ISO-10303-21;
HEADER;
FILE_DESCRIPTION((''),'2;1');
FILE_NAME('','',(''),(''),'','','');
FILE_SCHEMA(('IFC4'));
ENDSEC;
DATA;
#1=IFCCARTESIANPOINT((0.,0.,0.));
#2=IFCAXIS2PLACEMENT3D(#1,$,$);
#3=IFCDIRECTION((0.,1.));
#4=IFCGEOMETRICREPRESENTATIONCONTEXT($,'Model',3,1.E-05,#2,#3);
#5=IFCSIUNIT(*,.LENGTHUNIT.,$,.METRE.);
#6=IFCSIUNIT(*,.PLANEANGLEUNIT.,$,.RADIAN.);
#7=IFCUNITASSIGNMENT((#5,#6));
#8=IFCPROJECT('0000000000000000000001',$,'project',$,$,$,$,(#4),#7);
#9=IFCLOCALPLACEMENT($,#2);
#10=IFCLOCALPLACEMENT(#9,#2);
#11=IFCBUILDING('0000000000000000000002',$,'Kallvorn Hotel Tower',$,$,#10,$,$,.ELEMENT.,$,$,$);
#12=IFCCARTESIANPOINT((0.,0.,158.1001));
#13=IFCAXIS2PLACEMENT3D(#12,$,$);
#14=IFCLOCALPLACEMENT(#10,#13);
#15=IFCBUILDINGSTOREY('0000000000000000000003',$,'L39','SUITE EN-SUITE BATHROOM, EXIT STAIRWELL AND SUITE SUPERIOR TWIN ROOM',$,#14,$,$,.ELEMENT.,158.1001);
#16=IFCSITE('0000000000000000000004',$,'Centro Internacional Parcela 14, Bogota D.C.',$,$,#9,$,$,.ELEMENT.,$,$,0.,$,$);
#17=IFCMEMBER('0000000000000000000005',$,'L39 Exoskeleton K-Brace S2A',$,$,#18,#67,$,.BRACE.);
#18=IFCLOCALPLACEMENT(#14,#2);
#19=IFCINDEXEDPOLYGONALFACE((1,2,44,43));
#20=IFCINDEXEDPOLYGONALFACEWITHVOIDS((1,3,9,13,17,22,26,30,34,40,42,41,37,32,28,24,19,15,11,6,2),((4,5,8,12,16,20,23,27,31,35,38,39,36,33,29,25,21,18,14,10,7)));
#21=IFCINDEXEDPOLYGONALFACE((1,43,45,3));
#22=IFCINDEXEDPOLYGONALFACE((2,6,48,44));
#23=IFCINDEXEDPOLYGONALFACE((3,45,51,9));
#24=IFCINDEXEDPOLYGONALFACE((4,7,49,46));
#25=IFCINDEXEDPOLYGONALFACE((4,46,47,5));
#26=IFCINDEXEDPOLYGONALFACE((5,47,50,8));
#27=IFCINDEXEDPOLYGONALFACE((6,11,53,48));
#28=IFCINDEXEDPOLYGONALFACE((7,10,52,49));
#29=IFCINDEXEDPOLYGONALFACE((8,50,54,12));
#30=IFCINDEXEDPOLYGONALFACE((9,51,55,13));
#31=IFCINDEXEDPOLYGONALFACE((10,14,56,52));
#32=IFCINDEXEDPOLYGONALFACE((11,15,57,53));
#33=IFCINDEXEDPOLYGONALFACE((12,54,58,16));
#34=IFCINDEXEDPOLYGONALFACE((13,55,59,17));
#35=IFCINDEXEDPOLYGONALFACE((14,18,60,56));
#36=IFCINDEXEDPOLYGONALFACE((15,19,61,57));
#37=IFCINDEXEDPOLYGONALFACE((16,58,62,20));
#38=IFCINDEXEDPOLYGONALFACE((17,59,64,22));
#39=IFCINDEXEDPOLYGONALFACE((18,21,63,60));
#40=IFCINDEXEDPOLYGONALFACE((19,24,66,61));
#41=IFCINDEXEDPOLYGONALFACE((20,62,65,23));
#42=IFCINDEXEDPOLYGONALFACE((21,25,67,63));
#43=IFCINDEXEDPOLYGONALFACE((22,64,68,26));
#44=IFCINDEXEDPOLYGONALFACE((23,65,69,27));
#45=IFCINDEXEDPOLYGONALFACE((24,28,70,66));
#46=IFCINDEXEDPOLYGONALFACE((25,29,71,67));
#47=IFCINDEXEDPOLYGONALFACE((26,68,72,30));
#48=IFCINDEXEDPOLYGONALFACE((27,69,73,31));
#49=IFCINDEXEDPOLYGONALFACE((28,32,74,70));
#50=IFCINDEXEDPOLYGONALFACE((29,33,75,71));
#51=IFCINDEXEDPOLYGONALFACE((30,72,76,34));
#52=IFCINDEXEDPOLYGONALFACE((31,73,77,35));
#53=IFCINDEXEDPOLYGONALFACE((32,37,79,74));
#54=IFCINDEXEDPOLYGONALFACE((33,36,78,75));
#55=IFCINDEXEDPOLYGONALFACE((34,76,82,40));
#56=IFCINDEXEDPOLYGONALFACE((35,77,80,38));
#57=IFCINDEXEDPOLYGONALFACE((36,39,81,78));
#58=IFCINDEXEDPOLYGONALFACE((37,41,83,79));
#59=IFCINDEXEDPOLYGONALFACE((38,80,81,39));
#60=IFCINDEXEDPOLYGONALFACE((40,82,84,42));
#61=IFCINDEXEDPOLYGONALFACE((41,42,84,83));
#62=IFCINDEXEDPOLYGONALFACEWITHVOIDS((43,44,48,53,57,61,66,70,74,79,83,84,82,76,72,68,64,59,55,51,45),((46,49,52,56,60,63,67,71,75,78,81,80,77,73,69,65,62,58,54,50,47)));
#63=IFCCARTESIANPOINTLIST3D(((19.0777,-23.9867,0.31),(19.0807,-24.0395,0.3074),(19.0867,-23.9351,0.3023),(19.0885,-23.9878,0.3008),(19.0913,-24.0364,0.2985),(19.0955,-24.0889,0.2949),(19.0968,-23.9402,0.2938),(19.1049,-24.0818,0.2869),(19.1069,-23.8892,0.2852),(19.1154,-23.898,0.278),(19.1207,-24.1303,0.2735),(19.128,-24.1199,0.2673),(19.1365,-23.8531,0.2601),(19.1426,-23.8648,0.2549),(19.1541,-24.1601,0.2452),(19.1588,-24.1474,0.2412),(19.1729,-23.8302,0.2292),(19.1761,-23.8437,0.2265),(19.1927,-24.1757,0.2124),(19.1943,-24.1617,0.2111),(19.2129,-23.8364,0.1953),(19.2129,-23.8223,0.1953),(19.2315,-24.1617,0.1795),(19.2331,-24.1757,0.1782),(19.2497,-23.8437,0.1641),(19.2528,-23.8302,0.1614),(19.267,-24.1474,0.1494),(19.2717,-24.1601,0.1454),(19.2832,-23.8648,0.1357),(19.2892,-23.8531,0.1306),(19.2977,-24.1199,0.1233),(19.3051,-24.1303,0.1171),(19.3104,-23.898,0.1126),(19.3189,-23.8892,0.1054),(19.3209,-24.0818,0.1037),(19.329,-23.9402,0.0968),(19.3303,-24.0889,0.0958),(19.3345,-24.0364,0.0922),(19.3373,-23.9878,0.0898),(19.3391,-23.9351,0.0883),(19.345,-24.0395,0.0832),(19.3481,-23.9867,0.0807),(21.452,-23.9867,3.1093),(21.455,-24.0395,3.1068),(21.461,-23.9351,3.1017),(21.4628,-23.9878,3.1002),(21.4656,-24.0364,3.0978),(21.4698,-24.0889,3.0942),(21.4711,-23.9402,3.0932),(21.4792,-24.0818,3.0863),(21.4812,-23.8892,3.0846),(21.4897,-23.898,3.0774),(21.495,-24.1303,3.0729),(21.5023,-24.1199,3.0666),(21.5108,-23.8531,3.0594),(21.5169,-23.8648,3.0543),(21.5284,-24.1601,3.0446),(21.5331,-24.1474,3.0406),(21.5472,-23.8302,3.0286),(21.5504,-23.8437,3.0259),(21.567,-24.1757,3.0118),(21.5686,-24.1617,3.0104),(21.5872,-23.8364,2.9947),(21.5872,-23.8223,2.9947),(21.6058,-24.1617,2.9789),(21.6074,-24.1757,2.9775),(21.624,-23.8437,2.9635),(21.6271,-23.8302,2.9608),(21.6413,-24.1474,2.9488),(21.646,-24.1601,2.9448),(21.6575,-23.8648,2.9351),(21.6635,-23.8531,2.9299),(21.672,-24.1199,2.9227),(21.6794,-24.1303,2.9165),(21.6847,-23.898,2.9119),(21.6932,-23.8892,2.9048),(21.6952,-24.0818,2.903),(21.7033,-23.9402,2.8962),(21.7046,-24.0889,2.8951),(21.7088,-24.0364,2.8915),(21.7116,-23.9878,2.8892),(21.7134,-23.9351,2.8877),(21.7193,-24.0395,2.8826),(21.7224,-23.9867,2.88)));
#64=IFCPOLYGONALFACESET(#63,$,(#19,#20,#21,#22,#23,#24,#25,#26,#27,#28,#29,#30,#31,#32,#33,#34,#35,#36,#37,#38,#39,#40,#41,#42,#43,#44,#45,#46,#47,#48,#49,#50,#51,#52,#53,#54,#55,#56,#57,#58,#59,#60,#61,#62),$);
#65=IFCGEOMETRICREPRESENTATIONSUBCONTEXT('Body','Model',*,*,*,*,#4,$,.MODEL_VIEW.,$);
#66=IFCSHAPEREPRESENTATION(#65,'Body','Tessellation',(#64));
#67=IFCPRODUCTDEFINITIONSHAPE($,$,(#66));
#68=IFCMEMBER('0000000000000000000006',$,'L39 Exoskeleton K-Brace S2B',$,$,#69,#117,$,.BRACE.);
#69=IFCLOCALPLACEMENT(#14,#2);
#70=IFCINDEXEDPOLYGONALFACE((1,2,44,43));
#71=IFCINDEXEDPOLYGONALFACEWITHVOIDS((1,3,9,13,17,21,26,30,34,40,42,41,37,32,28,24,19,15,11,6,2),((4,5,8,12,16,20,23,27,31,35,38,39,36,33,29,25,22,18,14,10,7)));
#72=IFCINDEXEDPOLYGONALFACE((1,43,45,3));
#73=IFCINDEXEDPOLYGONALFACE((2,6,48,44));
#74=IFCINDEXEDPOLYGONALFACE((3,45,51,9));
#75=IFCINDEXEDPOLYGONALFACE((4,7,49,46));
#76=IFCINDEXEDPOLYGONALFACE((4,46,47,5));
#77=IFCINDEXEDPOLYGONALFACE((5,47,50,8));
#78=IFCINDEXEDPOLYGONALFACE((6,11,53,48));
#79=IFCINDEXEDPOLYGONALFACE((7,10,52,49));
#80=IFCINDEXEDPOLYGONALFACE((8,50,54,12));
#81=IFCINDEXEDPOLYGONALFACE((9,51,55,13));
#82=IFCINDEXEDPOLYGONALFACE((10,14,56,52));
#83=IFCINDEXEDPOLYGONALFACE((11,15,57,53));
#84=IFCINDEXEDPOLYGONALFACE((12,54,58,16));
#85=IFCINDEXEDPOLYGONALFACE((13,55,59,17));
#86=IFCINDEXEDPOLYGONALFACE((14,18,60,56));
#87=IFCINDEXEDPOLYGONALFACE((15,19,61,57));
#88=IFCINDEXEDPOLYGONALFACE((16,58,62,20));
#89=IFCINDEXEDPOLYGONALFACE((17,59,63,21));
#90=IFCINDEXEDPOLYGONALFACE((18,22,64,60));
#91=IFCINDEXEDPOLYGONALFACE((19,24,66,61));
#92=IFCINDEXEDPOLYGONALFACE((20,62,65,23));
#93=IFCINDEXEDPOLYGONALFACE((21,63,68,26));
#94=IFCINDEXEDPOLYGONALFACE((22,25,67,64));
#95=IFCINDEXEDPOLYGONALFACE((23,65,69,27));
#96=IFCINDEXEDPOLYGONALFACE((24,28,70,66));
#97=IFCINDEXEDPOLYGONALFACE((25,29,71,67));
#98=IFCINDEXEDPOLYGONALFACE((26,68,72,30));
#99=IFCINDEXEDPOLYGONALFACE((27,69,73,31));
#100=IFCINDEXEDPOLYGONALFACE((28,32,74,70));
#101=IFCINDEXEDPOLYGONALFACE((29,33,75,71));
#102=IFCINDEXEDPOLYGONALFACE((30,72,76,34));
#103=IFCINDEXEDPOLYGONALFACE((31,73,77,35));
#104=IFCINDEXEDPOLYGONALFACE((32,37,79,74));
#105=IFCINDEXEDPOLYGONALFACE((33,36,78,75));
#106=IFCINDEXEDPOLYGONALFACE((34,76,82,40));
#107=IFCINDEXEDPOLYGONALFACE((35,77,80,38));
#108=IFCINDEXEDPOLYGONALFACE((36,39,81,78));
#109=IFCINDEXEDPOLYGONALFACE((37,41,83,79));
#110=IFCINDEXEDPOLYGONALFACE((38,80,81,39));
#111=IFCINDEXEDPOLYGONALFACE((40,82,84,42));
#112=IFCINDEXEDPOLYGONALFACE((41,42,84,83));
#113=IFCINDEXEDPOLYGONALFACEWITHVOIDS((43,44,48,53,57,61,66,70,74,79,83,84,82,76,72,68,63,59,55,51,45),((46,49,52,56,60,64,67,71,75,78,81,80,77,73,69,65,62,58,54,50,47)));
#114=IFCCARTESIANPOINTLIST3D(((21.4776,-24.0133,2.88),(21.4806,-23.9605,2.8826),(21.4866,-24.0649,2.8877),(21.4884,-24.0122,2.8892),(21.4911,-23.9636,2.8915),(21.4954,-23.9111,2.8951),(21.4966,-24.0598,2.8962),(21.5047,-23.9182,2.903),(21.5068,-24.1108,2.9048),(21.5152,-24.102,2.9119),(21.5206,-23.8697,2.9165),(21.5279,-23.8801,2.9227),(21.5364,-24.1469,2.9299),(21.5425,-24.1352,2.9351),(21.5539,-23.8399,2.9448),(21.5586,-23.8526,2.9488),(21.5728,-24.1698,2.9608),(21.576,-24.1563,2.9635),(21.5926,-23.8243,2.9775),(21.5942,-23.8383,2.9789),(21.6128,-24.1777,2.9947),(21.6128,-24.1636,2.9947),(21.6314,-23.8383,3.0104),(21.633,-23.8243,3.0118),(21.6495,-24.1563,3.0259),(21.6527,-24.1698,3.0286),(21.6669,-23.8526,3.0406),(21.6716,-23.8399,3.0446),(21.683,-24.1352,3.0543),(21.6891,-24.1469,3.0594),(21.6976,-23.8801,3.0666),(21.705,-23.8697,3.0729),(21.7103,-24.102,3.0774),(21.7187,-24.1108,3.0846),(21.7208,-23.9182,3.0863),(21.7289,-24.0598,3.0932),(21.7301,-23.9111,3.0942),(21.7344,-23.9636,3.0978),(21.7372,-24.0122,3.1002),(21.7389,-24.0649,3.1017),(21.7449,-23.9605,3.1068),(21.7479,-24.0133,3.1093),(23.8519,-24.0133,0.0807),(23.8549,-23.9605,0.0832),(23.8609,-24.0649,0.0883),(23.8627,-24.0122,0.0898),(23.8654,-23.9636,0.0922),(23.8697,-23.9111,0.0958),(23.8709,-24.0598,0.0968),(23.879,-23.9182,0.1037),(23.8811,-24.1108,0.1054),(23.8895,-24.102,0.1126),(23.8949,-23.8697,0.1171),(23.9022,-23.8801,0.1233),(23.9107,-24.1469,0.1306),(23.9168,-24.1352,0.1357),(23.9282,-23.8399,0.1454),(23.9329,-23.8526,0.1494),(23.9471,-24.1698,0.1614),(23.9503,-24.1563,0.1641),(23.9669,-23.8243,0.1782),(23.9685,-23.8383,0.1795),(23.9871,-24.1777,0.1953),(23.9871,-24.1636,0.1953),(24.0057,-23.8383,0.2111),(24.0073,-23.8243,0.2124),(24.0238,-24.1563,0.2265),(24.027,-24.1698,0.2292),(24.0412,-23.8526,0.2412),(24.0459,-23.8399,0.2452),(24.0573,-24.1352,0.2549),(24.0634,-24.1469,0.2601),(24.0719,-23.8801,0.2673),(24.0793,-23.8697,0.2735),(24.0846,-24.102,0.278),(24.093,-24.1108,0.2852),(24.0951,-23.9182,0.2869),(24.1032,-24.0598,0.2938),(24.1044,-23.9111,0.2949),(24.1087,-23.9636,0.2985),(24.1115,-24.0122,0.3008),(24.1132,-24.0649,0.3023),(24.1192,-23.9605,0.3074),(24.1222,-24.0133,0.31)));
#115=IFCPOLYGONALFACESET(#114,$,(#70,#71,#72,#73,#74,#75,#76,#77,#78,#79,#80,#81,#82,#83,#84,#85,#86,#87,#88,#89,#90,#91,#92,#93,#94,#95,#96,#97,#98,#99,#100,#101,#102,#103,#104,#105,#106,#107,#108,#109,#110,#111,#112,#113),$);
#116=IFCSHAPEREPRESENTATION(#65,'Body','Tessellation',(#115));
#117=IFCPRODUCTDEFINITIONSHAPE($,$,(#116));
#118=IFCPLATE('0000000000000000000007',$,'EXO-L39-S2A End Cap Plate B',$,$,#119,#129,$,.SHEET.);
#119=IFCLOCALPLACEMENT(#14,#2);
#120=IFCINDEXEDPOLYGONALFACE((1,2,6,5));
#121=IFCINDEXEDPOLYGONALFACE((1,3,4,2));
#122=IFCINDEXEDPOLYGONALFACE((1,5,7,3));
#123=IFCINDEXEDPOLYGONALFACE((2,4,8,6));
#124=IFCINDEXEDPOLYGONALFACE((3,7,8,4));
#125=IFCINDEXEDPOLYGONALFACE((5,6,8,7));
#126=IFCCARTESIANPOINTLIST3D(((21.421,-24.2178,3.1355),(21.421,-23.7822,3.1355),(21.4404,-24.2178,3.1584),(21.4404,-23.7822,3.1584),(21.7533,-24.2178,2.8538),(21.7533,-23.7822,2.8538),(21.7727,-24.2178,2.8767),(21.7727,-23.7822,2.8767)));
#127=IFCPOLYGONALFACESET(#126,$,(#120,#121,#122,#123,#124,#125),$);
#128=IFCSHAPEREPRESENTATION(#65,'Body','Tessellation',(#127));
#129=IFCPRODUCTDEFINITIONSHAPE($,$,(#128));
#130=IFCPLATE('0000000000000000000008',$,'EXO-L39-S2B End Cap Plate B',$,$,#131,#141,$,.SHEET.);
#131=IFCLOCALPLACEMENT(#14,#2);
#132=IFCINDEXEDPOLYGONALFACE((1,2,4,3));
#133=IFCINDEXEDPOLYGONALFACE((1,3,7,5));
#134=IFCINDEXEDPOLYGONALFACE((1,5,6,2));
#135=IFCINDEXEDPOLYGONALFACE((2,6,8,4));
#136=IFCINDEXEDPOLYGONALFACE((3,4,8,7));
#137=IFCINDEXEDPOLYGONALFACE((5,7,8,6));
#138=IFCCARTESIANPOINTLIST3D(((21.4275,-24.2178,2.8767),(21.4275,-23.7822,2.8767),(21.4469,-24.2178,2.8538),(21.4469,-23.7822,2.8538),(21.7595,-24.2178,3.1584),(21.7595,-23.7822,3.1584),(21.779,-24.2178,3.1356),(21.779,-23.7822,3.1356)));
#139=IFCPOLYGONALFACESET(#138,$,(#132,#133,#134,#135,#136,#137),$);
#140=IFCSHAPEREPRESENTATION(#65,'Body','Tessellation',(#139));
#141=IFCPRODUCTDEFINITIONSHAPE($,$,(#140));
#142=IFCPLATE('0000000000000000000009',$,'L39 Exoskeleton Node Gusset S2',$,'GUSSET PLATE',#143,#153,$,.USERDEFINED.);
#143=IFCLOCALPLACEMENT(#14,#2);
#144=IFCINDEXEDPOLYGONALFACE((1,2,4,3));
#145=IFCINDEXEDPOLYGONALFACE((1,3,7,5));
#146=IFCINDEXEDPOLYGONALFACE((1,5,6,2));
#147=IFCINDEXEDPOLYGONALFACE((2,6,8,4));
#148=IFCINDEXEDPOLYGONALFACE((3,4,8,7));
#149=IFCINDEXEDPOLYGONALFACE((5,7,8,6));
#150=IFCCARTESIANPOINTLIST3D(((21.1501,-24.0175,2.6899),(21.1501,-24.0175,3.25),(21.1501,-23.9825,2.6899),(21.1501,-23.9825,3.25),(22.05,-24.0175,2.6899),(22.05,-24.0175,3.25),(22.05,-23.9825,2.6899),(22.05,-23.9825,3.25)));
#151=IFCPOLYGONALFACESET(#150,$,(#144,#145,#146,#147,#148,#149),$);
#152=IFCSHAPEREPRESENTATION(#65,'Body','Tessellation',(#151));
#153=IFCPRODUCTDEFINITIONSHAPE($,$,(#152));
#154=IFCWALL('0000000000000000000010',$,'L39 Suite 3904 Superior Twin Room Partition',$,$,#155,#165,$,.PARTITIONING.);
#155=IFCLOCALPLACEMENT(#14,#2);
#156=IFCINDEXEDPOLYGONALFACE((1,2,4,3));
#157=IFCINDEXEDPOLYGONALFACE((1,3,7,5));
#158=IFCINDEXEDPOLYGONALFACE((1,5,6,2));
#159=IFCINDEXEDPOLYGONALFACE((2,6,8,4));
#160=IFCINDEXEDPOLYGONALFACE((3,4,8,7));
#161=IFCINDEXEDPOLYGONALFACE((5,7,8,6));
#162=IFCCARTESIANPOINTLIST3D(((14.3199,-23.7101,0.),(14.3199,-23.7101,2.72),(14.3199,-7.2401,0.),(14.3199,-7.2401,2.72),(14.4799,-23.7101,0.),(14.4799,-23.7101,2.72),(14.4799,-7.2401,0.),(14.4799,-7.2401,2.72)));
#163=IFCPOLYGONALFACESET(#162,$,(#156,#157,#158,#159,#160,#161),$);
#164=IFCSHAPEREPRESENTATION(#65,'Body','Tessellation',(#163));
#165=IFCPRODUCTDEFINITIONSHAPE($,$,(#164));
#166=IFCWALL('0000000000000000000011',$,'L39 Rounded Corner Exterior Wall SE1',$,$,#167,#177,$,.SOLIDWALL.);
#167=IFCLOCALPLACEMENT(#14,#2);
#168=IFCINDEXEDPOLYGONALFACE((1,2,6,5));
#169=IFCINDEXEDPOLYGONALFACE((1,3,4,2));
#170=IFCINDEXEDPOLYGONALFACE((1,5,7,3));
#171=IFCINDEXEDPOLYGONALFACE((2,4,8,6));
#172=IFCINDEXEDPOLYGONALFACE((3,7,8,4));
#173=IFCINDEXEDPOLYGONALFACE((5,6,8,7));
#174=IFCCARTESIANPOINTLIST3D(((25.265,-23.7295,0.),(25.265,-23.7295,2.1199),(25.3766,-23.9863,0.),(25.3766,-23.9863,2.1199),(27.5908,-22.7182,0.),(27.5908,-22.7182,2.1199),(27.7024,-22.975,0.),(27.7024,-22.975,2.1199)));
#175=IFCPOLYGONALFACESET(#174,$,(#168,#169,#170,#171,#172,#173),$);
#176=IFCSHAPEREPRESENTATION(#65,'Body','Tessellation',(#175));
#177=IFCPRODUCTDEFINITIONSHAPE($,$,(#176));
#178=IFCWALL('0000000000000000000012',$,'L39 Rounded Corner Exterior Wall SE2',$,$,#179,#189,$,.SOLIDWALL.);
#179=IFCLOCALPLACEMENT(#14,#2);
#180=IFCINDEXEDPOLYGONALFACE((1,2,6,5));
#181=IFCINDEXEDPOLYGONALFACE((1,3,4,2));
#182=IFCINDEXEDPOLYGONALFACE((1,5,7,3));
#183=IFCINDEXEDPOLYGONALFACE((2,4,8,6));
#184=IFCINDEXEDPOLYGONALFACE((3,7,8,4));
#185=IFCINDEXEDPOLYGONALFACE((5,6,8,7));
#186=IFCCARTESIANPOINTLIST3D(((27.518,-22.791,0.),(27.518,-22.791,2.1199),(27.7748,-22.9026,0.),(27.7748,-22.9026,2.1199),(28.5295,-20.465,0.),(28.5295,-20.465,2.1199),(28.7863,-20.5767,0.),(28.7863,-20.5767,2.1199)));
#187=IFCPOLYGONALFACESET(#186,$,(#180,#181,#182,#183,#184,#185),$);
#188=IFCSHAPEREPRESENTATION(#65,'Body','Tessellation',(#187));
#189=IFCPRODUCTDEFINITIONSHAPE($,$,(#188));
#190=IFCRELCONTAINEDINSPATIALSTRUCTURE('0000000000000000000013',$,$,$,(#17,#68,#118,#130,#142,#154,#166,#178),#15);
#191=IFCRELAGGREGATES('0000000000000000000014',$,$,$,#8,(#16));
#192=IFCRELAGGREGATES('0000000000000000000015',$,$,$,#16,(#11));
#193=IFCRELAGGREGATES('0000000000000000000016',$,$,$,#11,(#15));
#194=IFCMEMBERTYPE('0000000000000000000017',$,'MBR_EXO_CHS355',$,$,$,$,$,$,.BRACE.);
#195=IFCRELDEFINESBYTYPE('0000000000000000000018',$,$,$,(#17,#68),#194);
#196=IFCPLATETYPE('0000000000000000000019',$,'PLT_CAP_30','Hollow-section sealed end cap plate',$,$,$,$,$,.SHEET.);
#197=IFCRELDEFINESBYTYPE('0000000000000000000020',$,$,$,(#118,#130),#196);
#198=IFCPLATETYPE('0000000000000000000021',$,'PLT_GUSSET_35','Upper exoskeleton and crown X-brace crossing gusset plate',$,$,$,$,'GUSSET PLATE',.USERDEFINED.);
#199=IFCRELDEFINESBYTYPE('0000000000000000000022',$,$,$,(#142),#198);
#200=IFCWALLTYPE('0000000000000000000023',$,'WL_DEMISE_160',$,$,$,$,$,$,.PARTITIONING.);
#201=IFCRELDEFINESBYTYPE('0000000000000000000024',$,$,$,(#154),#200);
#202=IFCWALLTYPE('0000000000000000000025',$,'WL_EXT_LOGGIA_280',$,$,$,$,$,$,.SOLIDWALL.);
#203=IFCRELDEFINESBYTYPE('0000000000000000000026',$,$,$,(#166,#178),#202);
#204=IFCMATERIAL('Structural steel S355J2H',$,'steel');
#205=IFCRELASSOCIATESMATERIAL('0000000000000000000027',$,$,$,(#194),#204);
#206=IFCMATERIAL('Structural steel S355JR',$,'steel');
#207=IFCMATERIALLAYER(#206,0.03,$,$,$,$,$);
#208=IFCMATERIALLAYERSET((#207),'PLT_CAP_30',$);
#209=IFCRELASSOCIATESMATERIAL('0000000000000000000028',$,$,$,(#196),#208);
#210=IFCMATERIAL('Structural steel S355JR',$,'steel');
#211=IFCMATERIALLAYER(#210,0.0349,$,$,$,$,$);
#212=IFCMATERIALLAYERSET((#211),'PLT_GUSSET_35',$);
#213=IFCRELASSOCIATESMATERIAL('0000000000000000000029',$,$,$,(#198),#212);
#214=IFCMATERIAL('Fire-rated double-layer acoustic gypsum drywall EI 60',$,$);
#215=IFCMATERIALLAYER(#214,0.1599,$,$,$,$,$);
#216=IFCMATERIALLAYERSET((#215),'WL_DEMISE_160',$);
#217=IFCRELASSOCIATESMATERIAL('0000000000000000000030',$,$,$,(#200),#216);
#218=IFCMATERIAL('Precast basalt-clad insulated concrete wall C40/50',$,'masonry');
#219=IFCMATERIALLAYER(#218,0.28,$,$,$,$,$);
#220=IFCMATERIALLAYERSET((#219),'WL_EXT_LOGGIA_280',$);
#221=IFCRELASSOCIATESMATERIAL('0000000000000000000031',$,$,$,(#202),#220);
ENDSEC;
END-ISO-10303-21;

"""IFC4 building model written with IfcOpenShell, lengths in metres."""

from ifc_helpers import new_model, si_unit, direction, frame, frame_2d, origin, origin_2d, place, context, subcontext, project, spatial, polyline, rectangle, hollow_circle, outline, extrude, material, layer, layer_set, material_profile, profile_set, type_object, element, save


model = new_model("IFC4")

# Units and contexts
model_context = context("Model", 3, precision=1e-05, world=origin(), true_north=direction((0.0, 1.0)))
body_context = subcontext(model_context, "Body", "Model", "MODEL_VIEW")
ifc_project = project(units=[si_unit("LENGTHUNIT", "METRE"), si_unit("PLANEANGLEUNIT", "RADIAN")], contexts=[model_context])

# Site, building, storey
site_placement = place(None, origin())
site = spatial("IfcSite", under=ifc_project, at=site_placement, Name="Centro Internacional Parcela 14, Bogota D.C.", CompositionType="ELEMENT", RefElevation=0.0)
building_placement = place(site_placement, origin())
building = spatial("IfcBuilding", under=site, at=building_placement, Name="Kallvorn Hotel Tower", CompositionType="ELEMENT")
storey_placement = place(building_placement, frame((0.0, 0.0, 158.1001)))
storey = spatial("IfcBuildingStorey", under=building, at=storey_placement, Name="L39", Description="SUITE EN-SUITE BATHROOM, EXIT STAIRWELL AND SUITE SUPERIOR TWIN ROOM", CompositionType="ELEMENT", Elevation=158.1001)

# Members
ifc_material_1 = material(Name="Structural steel S355J2H", Category="steel")
ifc_material_profile_1 = material_profile(ifc_material_1, hollow_circle(Radius=0.1777, WallThickness=0.0142, at=origin_2d()), Name="CHS 355.6x14.2")
ifc_profile_set_1 = profile_set([ifc_material_profile_1], Name="Structural steel S355J2H")
member_type = type_object("IfcMemberType", Name="MBR_EXO_CHS355", PredefinedType="BRACE", material=ifc_profile_set_1)
for number, where, z_axis, x_axis, name in (
    (1, (19.2129, -24.0, 0.1953), (0.646833, 0.0, 0.762631), (0.0, 1.0, 0.0), "L39 Exoskeleton K-Brace S2A"),
    (2, (23.9871, -24.0, 0.1953), (-0.646833, 0.0, 0.762631), (0.0, -1.0, 0.0), "L39 Exoskeleton K-Brace S2B"),
):
    element("IfcMember", number, at=place(storey_placement, frame(where, z_axis=z_axis, x_axis=x_axis)), inside=storey, type_object=member_type, Name=name, PredefinedType="BRACE", context=body_context, shape_type="SweptSolid", body=[
        extrude(hollow_circle(Radius=0.1777, WallThickness=0.0142, at=origin_2d()), origin(), (0.0, 0.0, 1.0), 3.6707),
    ])

# Plates
ifc_material_2 = material(Name="Structural steel S355JR", Category="steel")
ifc_layer_1 = layer(ifc_material_2, 0.03)
ifc_layer_set_1 = layer_set([ifc_layer_1], Name="PLT_CAP_30")
plate_type_1 = type_object("IfcPlateType", Name="PLT_CAP_30", Description="Hollow-section sealed end cap plate", PredefinedType="SHEET", material=ifc_layer_set_1)
plate_1_placement = place(storey_placement, frame((21.7727, -24.2178, 2.8767), z_axis=(0.646721, 0.0, 0.762727), x_axis=(0.0, 1.0, 0.0)))
element("IfcPlate", 3, at=plate_1_placement, inside=storey, type_object=plate_type_1, Name="EXO-L39-S2A End Cap Plate B", PredefinedType="SHEET", context=body_context, shape_type="SweptSolid", body=[
    extrude(outline(polyline([(0.0, 0.0), (0.4355, 0.0), (0.4355, 0.4356), (0.0, 0.4356), (0.0, 0.0)])), origin(), (0.0, 0.0, -1.0), 0.03),
])
plate_2_placement = place(storey_placement, frame((21.4275, -23.7822, 2.8767), z_axis=(-0.646997, 0.0, 0.762492), x_axis=(0.0, -1.0, 0.0)))
element("IfcPlate", 4, at=plate_2_placement, inside=storey, type_object=plate_type_1, Name="EXO-L39-S2B End Cap Plate B", PredefinedType="SHEET", context=body_context, shape_type="SweptSolid", body=[
    extrude(outline(polyline([(0.0, 0.0), (0.4355, 0.0), (0.4355, 0.4355), (0.0, 0.4355), (0.0, 0.0)])), origin(), (0.0, 0.0, -1.0), 0.03),
])
ifc_material_3 = material(Name="Structural steel S355JR", Category="steel")
ifc_layer_2 = layer(ifc_material_3, 0.0349)
ifc_layer_set_2 = layer_set([ifc_layer_2], Name="PLT_GUSSET_35")
plate_type_2 = type_object("IfcPlateType", Name="PLT_GUSSET_35", Description="Upper exoskeleton and crown X-brace crossing gusset plate", ElementType="GUSSET PLATE", PredefinedType="USERDEFINED", material=ifc_layer_set_2)
plate_3_placement = place(storey_placement, frame((21.6001, -24.0, 2.6899), z_axis=(0.0, 0.0, 1.0), x_axis=(1.0, 0.0, 0.0)))
element("IfcPlate", 5, at=plate_3_placement, inside=storey, type_object=plate_type_2, Name="L39 Exoskeleton Node Gusset S2", ObjectType="GUSSET PLATE", PredefinedType="USERDEFINED", context=body_context, shape_type="SweptSolid", body=[
    extrude(rectangle(XDim=0.8999, YDim=0.0349, at=origin_2d()), origin(), (0.0, 0.0, 1.0), 0.5601),
])

# Walls
ifc_material_4 = material(Name="Fire-rated double-layer acoustic gypsum drywall EI 60")
ifc_layer_3 = layer(ifc_material_4, 0.1599)
ifc_layer_set_3 = layer_set([ifc_layer_3], Name="WL_DEMISE_160")
wall_type_1 = type_object("IfcWallType", Name="WL_DEMISE_160", PredefinedType="PARTITIONING", material=ifc_layer_set_3)
wall_1_placement = place(storey_placement, frame((14.3999, -23.71, 0.0), z_axis=(0.0, 0.0, 1.0), x_axis=(0.0, 1.0, 0.0)))
element("IfcWall", 6, at=wall_1_placement, inside=storey, type_object=wall_type_1, Name="L39 Suite 3904 Superior Twin Room Partition", PredefinedType="PARTITIONING", context=body_context, shape_type="SweptSolid", body=[
    extrude(rectangle(XDim=16.47, YDim=0.1599, at=frame_2d((8.2349, 0.0))), origin(), (0.0, 0.0, 1.0), 2.72),
])
ifc_material_5 = material(Name="Precast basalt-clad insulated concrete wall C40/50", Category="masonry")
ifc_layer_4 = layer(ifc_material_5, 0.28)
ifc_layer_set_4 = layer_set([ifc_layer_4], Name="WL_EXT_LOGGIA_280")
wall_type_2 = type_object("IfcWallType", Name="WL_EXT_LOGGIA_280", PredefinedType="SOLIDWALL", material=ifc_layer_set_4)
wall_2_placement = place(storey_placement, frame((25.3208, -23.8579, 0.0), z_axis=(0.0, 0.0, 1.0), x_axis=(0.917061, 0.398747, 0.0)))
element("IfcWall", 7, at=wall_2_placement, inside=storey, type_object=wall_type_2, Name="L39 Rounded Corner Exterior Wall SE1", PredefinedType="SOLIDWALL", context=body_context, shape_type="SweptSolid", body=[
    extrude(rectangle(XDim=2.5361, YDim=0.28, at=frame_2d((1.2681, 0.0))), origin(), (0.0, 0.0, 1.0), 2.1199),
])
wall_3_placement = place(storey_placement, frame((27.6465, -22.8467, 0.0), z_axis=(0.0, 0.0, 1.0), x_axis=(0.398793, 0.917041, 0.0)))
element("IfcWall", 8, at=wall_3_placement, inside=storey, type_object=wall_type_2, Name="L39 Rounded Corner Exterior Wall SE2", PredefinedType="SOLIDWALL", context=body_context, shape_type="SweptSolid", body=[
    extrude(rectangle(XDim=2.5364, YDim=0.28, at=frame_2d((1.2681, 0.0))), origin(), (0.0, 0.0, 1.0), 2.1199),
])

save(model, "model.ifc")
